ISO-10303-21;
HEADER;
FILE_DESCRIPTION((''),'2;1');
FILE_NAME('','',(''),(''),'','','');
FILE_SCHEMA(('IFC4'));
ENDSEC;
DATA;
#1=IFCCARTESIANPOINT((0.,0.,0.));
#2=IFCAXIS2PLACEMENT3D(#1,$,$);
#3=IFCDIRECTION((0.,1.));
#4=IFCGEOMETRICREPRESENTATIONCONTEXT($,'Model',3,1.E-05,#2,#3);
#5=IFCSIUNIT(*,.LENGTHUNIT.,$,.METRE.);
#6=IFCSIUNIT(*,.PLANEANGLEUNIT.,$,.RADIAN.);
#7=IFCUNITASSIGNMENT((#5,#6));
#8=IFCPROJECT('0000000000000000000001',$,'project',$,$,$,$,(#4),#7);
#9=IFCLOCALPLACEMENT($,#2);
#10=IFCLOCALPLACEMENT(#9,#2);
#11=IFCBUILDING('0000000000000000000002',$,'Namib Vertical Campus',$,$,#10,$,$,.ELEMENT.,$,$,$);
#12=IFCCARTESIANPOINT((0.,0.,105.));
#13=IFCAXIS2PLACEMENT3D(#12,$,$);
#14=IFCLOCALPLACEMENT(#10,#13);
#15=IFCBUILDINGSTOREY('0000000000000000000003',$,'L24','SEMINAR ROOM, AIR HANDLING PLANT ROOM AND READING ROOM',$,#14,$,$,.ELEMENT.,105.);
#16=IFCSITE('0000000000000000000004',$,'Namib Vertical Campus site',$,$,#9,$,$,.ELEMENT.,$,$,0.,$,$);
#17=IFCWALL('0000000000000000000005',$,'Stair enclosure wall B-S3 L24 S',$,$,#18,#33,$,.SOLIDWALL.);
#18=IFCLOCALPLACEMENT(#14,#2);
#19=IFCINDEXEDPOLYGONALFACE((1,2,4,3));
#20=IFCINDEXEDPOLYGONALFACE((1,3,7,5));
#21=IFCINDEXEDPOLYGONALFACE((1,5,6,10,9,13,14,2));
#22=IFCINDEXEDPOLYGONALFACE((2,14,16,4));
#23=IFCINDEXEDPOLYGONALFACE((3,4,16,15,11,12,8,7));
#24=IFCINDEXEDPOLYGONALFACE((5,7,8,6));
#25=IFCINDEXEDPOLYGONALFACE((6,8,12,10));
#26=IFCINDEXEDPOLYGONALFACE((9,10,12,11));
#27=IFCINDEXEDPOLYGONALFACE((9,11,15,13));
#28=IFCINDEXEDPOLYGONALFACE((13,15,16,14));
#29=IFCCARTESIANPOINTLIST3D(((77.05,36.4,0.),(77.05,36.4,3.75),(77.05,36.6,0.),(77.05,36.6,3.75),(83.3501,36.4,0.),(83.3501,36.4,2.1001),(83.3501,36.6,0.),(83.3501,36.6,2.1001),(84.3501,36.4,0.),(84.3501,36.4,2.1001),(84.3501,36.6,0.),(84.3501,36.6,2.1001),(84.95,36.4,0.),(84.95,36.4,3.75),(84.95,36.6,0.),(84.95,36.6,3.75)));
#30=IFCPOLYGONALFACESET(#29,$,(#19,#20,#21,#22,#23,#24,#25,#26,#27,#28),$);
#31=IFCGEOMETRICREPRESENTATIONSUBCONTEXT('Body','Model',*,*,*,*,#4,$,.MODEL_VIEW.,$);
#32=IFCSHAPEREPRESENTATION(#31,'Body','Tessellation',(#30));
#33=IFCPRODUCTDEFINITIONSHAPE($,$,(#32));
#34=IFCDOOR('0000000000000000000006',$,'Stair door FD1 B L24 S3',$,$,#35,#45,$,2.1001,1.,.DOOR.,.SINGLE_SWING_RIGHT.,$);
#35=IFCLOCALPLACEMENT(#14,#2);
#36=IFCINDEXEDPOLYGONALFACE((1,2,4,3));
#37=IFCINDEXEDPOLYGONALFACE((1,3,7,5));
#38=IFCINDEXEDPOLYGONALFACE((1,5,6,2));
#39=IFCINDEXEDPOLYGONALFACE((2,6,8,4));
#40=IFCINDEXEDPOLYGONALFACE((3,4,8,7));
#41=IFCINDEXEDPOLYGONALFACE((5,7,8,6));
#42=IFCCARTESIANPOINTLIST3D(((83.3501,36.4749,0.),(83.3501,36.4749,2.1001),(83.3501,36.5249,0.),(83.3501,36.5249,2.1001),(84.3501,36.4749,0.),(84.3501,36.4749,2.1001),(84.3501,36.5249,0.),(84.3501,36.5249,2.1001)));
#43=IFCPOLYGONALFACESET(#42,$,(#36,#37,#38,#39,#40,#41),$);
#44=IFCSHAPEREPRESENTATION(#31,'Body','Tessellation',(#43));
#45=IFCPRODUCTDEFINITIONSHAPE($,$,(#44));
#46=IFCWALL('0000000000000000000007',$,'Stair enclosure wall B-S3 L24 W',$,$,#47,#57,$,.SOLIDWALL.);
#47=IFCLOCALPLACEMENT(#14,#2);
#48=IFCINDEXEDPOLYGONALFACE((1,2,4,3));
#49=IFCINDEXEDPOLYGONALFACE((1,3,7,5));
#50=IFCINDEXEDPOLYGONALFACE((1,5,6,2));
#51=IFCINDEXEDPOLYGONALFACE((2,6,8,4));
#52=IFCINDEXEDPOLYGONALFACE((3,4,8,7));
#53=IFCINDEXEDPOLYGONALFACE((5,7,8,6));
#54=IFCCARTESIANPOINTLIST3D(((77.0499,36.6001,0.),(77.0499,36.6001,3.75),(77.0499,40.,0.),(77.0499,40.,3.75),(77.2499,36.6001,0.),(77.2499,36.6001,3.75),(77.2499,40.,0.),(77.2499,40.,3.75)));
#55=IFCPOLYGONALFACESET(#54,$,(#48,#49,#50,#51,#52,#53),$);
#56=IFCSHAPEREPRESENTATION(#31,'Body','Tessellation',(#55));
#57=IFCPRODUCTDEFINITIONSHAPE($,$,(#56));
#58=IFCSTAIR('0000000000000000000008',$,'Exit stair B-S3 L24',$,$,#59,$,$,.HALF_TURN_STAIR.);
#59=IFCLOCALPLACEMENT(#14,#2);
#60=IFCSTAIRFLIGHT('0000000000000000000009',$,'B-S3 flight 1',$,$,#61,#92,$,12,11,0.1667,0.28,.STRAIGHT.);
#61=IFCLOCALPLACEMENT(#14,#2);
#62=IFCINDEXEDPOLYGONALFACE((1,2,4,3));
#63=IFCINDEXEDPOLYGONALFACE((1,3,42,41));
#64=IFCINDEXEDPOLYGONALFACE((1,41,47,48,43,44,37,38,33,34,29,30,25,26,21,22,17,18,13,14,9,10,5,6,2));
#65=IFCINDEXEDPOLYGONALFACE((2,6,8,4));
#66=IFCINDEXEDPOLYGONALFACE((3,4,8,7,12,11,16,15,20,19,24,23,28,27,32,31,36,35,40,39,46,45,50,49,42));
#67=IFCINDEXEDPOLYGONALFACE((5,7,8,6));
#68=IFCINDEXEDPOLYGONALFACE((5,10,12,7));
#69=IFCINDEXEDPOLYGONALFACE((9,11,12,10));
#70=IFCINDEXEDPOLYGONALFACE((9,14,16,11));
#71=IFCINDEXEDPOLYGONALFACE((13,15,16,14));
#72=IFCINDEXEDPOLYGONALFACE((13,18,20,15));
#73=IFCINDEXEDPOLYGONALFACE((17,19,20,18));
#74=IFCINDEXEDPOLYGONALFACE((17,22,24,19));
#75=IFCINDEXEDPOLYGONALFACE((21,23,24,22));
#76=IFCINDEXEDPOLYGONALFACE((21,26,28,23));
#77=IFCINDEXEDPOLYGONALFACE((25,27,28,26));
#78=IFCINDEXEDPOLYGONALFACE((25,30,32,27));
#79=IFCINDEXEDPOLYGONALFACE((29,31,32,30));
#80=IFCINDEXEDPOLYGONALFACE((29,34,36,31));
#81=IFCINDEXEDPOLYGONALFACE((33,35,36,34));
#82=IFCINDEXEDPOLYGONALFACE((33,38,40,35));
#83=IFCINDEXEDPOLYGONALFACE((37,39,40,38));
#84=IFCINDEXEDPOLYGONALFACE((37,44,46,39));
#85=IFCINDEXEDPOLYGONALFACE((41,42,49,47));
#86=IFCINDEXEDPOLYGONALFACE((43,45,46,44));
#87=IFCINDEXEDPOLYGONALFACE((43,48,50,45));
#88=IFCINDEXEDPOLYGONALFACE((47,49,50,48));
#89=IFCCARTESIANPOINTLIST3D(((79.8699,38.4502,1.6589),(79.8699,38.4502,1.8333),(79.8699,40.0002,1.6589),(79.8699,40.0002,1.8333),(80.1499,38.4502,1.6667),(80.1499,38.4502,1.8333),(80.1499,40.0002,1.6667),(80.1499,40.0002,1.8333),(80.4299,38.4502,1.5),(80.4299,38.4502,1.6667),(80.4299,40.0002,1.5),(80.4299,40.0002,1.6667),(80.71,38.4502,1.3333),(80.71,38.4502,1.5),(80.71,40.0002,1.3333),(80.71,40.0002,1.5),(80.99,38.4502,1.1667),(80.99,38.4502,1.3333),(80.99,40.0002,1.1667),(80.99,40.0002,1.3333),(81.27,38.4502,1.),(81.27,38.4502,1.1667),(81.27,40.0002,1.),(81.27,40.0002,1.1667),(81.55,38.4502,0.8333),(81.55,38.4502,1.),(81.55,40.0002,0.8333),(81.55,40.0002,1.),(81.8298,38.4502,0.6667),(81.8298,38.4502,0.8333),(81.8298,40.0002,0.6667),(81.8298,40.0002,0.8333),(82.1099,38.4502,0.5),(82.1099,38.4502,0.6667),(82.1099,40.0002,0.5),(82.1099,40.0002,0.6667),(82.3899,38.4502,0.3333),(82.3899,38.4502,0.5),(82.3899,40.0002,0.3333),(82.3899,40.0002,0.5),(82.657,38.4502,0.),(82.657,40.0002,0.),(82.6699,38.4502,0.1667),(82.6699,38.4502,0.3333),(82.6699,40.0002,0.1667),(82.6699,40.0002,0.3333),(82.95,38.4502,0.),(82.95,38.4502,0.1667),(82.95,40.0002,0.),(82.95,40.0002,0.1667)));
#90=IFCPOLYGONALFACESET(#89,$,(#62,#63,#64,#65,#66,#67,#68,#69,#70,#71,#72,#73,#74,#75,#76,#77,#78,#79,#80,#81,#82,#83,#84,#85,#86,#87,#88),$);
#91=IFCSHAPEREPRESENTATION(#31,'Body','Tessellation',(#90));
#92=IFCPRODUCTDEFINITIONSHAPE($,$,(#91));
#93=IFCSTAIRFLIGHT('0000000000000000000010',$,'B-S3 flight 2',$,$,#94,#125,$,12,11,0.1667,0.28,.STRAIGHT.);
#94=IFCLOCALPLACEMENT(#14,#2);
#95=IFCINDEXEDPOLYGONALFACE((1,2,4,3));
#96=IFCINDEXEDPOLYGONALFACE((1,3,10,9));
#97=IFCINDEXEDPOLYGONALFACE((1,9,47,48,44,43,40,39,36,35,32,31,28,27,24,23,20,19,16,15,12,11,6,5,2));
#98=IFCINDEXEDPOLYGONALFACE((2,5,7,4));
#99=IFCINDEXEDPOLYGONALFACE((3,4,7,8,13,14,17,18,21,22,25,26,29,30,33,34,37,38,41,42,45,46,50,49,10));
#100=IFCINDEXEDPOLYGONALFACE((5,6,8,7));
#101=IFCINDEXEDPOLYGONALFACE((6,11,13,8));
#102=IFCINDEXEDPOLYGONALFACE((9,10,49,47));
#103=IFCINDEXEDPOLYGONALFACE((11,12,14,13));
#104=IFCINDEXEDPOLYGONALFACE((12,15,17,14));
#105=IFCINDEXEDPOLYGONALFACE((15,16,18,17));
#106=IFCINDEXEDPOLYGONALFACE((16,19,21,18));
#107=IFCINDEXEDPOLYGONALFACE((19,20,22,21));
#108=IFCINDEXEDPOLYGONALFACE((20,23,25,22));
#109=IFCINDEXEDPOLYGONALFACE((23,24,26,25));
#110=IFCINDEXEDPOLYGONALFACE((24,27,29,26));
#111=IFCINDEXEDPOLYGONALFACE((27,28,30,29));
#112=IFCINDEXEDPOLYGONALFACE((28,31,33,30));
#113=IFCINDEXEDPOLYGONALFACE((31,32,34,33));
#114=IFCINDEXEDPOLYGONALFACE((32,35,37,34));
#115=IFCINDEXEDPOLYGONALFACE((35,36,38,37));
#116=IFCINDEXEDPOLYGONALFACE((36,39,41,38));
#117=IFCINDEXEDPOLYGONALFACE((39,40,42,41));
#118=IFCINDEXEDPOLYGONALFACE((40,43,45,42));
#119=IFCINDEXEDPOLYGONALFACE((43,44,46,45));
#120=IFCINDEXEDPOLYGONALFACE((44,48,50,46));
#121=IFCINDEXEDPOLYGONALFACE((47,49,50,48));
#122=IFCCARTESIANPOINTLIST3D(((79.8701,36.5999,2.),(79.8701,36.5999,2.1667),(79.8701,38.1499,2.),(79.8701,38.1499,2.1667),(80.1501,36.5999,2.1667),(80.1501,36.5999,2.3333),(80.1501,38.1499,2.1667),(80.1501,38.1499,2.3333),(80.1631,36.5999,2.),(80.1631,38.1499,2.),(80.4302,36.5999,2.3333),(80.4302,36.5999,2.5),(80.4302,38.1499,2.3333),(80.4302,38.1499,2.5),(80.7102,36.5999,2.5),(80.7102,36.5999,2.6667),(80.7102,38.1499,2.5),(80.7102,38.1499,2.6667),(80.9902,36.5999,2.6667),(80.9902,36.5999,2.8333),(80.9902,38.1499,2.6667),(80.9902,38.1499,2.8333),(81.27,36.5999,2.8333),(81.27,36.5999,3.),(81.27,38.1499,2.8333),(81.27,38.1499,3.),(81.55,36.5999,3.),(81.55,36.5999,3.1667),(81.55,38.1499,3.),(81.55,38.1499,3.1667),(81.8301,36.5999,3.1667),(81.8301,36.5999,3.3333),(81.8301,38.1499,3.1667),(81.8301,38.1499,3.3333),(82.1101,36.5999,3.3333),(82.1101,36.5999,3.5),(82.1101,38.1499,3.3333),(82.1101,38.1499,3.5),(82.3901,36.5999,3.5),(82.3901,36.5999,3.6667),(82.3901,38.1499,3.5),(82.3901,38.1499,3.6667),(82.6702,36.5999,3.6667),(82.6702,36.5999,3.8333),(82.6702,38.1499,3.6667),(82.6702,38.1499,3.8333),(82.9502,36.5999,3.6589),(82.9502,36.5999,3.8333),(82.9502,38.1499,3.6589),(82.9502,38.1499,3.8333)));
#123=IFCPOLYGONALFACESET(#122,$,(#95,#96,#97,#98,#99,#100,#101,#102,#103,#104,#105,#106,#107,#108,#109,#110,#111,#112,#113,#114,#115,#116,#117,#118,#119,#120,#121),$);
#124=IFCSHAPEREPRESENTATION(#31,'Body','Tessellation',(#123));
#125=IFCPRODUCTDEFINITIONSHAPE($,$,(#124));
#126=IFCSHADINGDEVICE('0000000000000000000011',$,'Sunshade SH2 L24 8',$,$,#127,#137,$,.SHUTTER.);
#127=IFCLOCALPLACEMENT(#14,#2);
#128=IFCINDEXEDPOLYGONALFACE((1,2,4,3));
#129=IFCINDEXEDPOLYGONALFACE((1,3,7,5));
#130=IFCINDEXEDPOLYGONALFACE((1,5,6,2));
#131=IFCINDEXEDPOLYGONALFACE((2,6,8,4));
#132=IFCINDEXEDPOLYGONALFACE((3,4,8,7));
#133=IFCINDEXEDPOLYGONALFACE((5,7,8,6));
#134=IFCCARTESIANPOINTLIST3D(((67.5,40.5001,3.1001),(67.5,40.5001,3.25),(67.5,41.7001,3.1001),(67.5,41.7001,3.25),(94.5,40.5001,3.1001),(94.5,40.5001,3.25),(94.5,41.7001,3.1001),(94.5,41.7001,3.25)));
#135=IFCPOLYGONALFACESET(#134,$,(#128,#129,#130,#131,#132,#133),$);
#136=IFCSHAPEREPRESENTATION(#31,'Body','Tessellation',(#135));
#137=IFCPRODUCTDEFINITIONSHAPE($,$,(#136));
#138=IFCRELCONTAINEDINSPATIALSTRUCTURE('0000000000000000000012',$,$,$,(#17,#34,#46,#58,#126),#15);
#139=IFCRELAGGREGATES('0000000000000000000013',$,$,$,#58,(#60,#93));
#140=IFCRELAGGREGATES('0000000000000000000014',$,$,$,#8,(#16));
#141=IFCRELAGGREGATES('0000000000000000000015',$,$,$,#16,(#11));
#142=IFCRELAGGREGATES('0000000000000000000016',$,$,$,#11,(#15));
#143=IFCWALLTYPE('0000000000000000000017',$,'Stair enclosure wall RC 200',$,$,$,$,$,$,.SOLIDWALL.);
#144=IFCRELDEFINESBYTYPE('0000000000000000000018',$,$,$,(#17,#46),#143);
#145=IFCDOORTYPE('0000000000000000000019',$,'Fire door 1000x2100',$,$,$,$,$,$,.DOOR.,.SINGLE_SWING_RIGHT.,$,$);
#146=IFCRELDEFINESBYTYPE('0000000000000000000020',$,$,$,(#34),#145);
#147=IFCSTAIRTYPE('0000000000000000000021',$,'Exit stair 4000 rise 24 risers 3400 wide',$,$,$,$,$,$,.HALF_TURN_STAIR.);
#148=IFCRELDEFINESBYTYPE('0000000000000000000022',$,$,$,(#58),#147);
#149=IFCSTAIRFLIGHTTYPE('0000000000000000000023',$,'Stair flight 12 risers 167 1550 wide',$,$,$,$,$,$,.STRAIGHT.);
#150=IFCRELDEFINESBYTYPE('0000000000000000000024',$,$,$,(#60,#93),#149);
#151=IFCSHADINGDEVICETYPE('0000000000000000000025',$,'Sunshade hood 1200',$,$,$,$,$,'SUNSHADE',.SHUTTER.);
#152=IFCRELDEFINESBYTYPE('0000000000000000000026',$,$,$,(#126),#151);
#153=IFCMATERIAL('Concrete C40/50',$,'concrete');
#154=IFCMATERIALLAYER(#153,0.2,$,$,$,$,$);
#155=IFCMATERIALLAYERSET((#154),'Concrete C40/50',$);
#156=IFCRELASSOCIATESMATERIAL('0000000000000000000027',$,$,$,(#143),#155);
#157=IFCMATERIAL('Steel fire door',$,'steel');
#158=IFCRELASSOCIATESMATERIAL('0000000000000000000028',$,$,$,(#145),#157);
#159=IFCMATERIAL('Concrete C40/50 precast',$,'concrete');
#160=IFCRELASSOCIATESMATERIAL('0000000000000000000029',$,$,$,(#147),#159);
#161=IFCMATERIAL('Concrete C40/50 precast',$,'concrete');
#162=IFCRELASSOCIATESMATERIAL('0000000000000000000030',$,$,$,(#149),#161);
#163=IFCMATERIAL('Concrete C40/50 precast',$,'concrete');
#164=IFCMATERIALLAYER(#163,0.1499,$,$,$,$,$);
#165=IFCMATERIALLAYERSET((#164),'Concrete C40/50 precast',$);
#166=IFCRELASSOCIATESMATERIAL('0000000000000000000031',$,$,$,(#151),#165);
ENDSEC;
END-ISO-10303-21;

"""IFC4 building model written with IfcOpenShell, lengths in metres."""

from ifc_helpers import new_model, si_unit, direction, frame, frame_2d, origin, origin_2d, place, context, subcontext, project, spatial, polyline, rectangle, outline, extrude, material, layer, layer_set, type_object, element, fill, aggregate, save


model = new_model("IFC4")

# Units and contexts
model_context = context("Model", 3, precision=1e-05, world=origin(), true_north=direction((0.0, 1.0)))
body_context = subcontext(model_context, "Body", "Model", "MODEL_VIEW")
ifc_project = project(units=[si_unit("LENGTHUNIT", "METRE"), si_unit("PLANEANGLEUNIT", "RADIAN")], contexts=[model_context])

# Site, building, storey
site_placement = place(None, origin())
site = spatial("IfcSite", under=ifc_project, at=site_placement, Name="Namib Vertical Campus site", CompositionType="ELEMENT", RefElevation=0.0)
building_placement = place(site_placement, origin())
building = spatial("IfcBuilding", under=site, at=building_placement, Name="Namib Vertical Campus", CompositionType="ELEMENT")
storey_placement = place(building_placement, frame((0.0, 0.0, 105.0)))
storey = spatial("IfcBuildingStorey", under=building, at=storey_placement, Name="L24", Description="SEMINAR ROOM, AIR HANDLING PLANT ROOM AND READING ROOM", CompositionType="ELEMENT", Elevation=105.0)

# Wall, opening, door
ifc_material_1 = material(Name="Concrete C40/50", Category="concrete")
ifc_layer_1 = layer(ifc_material_1, 0.2)
ifc_layer_set_1 = layer_set([ifc_layer_1], Name="Concrete C40/50")
wall_type_1 = type_object("IfcWallType", Name="Stair enclosure wall RC 200", PredefinedType="SOLIDWALL", material=ifc_layer_set_1)
wall_1_placement = place(storey_placement, frame((77.05, 36.5, 0.0), z_axis=(0.0, 0.0, 1.0), x_axis=(1.0, 0.0, 0.0)))
wall_1 = element("IfcWall", 1, at=wall_1_placement, inside=storey, type_object=wall_type_1, Name="Stair enclosure wall B-S3 L24 S", PredefinedType="SOLIDWALL", context=body_context, shape_type="SweptSolid", body=[
    extrude(rectangle(XDim=7.8999, YDim=0.2, at=frame_2d((3.95, 0.0))), origin(), (0.0, 0.0, 1.0), 3.75),
])
opening_1_placement = place(wall_1_placement, frame((6.3, 0.0, 0.0)))
opening_1 = element("IfcOpeningElement", 2, at=opening_1_placement, cuts=wall_1, PredefinedType="OPENING", context=body_context, shape_type="SweptSolid", body=[
    extrude(rectangle(XDim=1.0, YDim=2.1001, at=frame_2d((0.5, 1.05))), frame((0.0, 0.1099, 0.0), z_axis=(0.0, -1.0, 0.0), x_axis=(1.0, 0.0, 0.0)), (0.0, 0.0, 1.0), 0.22),
])
ifc_material_2 = material(Name="Steel fire door", Category="steel")
door_type_1 = type_object("IfcDoorType", Name="Fire door 1000x2100", OperationType="SINGLE_SWING_RIGHT", PredefinedType="DOOR", material=ifc_material_2)
door_1_placement = place(opening_1_placement, origin())
door_1 = element("IfcDoor", 3, at=door_1_placement, inside=storey, type_object=door_type_1, Name="Stair door FD1 B L24 S3", OperationType="SINGLE_SWING_RIGHT", OverallHeight=2.1001, OverallWidth=1.0, PredefinedType="DOOR", context=body_context, shape_type="SweptSolid", body=[
    extrude(rectangle(XDim=1.0, YDim=2.1001, at=frame_2d((0.5, 1.05))), frame((0.0, 0.0249, 0.0), z_axis=(0.0, -1.0, 0.0), x_axis=(1.0, 0.0, 0.0)), (0.0, 0.0, 1.0), 0.05),
])
fill(opening_1, door_1)

# Wall
wall_2_placement = place(storey_placement, frame((77.1499, 36.6001, 0.0), z_axis=(0.0, 0.0, 1.0), x_axis=(0.0, 1.0, 0.0)))
element("IfcWall", 4, at=wall_2_placement, inside=storey, type_object=wall_type_1, Name="Stair enclosure wall B-S3 L24 W", PredefinedType="SOLIDWALL", context=body_context, shape_type="SweptSolid", body=[
    extrude(rectangle(XDim=3.3999, YDim=0.2, at=frame_2d((1.7, 0.0))), origin(), (0.0, 0.0, 1.0), 3.75),
])

# Stair, stair flights
ifc_material_3 = material(Name="Concrete C40/50 precast", Category="concrete")
stair_type = type_object("IfcStairType", Name="Exit stair 4000 rise 24 risers 3400 wide", PredefinedType="HALF_TURN_STAIR", material=ifc_material_3)
stair_placement = place(storey_placement, origin())
stair = element("IfcStair", 5, at=stair_placement, inside=storey, type_object=stair_type, Name="Exit stair B-S3 L24", PredefinedType="HALF_TURN_STAIR")
ifc_material_4 = material(Name="Concrete C40/50 precast", Category="concrete")
stair_flight_type = type_object("IfcStairFlightType", Name="Stair flight 12 risers 167 1550 wide", PredefinedType="STRAIGHT", material=ifc_material_4)
stair_flight_1_placement = place(storey_placement, frame((82.95, 39.2251, 0.0), z_axis=(0.0, 0.0, 1.0), x_axis=(-1.0, 0.0, 0.0)))
stair_flight_1 = element("IfcStairFlight", 6, at=stair_flight_1_placement, type_object=stair_flight_type, Name="B-S3 flight 1", NumberOfRisers=12, NumberOfTreads=11, PredefinedType="STRAIGHT", RiserHeight=0.1667, TreadLength=0.28, context=body_context, shape_type="SweptSolid", body=[
    extrude(outline(polyline([(0.0, 0.0), (0.0, 0.1667), (0.28, 0.1667), (0.28, 0.3333), (0.5601, 0.3333), (0.5601, 0.5), (0.8401, 0.5), (0.8401, 0.6667), (1.1201, 0.6667), (1.1201, 0.8333), (1.3999, 0.8333), (1.3999, 1.0), (1.6799, 1.0), (1.6799, 1.1667), (1.96, 1.1667), (1.96, 1.3333), (2.24, 1.3333), (2.24, 1.5), (2.52, 1.5), (2.52, 1.6667), (2.8, 1.6667), (2.8, 1.8333), (3.0801, 1.8333), (3.0801, 2.0), (3.0801, 1.6589), (0.293, 0.0), (0.0, 0.0)])), frame((0.0, 0.7749, 0.0), z_axis=(0.0, -1.0, 0.0), x_axis=(1.0, 0.0, 0.0)), (0.0, 0.0, 1.0), 1.55),
])
stair_flight_2_placement = place(storey_placement, frame((79.8701, 37.375, 2.0), z_axis=(0.0, 0.0, 1.0), x_axis=(1.0, 0.0, 0.0)))
stair_flight_2 = element("IfcStairFlight", 7, at=stair_flight_2_placement, type_object=stair_flight_type, Name="B-S3 flight 2", NumberOfRisers=12, NumberOfTreads=11, PredefinedType="STRAIGHT", RiserHeight=0.1667, TreadLength=0.28, context=body_context, shape_type="SweptSolid", body=[
    extrude(outline(polyline([(0.0, 0.0), (0.0, 0.1667), (0.28, 0.1667), (0.28, 0.3333), (0.5601, 0.3333), (0.5601, 0.5), (0.8401, 0.5), (0.8401, 0.6667), (1.1201, 0.6667), (1.1201, 0.8333), (1.3999, 0.8333), (1.3999, 1.0), (1.6799, 1.0), (1.6799, 1.1667), (1.96, 1.1667), (1.96, 1.3333), (2.24, 1.3333), (2.24, 1.5), (2.52, 1.5), (2.52, 1.6667), (2.8, 1.6667), (2.8, 1.8333), (3.0801, 1.8333), (3.0801, 2.0), (3.0801, 1.6589), (0.293, 0.0), (0.0, 0.0)])), frame((0.0, 0.7749, 0.0), z_axis=(0.0, -1.0, 0.0), x_axis=(1.0, 0.0, 0.0)), (0.0, 0.0, 1.0), 1.55),
])
aggregate(stair, [stair_flight_1, stair_flight_2])

# Shading device
ifc_material_5 = material(Name="Concrete C40/50 precast", Category="concrete")
ifc_layer_2 = layer(ifc_material_5, 0.1499)
ifc_layer_set_2 = layer_set([ifc_layer_2], Name="Concrete C40/50 precast")
shading_device_type = type_object("IfcShadingDeviceType", Name="Sunshade hood 1200", ElementType="SUNSHADE", PredefinedType="SHUTTER", material=ifc_layer_set_2)
shading_device_placement = place(storey_placement, frame((81.0, 41.1001, 3.1001), z_axis=(0.0, 0.0, 1.0), x_axis=(-1.0, 0.0, 0.0)))
element("IfcShadingDevice", 8, at=shading_device_placement, inside=storey, type_object=shading_device_type, Name="Sunshade SH2 L24 8", PredefinedType="SHUTTER", context=body_context, shape_type="SweptSolid", body=[
    extrude(rectangle(XDim=27.0, YDim=1.2, at=origin_2d()), origin(), (0.0, 0.0, 1.0), 0.1499),
])

save(model, "model.ifc")
